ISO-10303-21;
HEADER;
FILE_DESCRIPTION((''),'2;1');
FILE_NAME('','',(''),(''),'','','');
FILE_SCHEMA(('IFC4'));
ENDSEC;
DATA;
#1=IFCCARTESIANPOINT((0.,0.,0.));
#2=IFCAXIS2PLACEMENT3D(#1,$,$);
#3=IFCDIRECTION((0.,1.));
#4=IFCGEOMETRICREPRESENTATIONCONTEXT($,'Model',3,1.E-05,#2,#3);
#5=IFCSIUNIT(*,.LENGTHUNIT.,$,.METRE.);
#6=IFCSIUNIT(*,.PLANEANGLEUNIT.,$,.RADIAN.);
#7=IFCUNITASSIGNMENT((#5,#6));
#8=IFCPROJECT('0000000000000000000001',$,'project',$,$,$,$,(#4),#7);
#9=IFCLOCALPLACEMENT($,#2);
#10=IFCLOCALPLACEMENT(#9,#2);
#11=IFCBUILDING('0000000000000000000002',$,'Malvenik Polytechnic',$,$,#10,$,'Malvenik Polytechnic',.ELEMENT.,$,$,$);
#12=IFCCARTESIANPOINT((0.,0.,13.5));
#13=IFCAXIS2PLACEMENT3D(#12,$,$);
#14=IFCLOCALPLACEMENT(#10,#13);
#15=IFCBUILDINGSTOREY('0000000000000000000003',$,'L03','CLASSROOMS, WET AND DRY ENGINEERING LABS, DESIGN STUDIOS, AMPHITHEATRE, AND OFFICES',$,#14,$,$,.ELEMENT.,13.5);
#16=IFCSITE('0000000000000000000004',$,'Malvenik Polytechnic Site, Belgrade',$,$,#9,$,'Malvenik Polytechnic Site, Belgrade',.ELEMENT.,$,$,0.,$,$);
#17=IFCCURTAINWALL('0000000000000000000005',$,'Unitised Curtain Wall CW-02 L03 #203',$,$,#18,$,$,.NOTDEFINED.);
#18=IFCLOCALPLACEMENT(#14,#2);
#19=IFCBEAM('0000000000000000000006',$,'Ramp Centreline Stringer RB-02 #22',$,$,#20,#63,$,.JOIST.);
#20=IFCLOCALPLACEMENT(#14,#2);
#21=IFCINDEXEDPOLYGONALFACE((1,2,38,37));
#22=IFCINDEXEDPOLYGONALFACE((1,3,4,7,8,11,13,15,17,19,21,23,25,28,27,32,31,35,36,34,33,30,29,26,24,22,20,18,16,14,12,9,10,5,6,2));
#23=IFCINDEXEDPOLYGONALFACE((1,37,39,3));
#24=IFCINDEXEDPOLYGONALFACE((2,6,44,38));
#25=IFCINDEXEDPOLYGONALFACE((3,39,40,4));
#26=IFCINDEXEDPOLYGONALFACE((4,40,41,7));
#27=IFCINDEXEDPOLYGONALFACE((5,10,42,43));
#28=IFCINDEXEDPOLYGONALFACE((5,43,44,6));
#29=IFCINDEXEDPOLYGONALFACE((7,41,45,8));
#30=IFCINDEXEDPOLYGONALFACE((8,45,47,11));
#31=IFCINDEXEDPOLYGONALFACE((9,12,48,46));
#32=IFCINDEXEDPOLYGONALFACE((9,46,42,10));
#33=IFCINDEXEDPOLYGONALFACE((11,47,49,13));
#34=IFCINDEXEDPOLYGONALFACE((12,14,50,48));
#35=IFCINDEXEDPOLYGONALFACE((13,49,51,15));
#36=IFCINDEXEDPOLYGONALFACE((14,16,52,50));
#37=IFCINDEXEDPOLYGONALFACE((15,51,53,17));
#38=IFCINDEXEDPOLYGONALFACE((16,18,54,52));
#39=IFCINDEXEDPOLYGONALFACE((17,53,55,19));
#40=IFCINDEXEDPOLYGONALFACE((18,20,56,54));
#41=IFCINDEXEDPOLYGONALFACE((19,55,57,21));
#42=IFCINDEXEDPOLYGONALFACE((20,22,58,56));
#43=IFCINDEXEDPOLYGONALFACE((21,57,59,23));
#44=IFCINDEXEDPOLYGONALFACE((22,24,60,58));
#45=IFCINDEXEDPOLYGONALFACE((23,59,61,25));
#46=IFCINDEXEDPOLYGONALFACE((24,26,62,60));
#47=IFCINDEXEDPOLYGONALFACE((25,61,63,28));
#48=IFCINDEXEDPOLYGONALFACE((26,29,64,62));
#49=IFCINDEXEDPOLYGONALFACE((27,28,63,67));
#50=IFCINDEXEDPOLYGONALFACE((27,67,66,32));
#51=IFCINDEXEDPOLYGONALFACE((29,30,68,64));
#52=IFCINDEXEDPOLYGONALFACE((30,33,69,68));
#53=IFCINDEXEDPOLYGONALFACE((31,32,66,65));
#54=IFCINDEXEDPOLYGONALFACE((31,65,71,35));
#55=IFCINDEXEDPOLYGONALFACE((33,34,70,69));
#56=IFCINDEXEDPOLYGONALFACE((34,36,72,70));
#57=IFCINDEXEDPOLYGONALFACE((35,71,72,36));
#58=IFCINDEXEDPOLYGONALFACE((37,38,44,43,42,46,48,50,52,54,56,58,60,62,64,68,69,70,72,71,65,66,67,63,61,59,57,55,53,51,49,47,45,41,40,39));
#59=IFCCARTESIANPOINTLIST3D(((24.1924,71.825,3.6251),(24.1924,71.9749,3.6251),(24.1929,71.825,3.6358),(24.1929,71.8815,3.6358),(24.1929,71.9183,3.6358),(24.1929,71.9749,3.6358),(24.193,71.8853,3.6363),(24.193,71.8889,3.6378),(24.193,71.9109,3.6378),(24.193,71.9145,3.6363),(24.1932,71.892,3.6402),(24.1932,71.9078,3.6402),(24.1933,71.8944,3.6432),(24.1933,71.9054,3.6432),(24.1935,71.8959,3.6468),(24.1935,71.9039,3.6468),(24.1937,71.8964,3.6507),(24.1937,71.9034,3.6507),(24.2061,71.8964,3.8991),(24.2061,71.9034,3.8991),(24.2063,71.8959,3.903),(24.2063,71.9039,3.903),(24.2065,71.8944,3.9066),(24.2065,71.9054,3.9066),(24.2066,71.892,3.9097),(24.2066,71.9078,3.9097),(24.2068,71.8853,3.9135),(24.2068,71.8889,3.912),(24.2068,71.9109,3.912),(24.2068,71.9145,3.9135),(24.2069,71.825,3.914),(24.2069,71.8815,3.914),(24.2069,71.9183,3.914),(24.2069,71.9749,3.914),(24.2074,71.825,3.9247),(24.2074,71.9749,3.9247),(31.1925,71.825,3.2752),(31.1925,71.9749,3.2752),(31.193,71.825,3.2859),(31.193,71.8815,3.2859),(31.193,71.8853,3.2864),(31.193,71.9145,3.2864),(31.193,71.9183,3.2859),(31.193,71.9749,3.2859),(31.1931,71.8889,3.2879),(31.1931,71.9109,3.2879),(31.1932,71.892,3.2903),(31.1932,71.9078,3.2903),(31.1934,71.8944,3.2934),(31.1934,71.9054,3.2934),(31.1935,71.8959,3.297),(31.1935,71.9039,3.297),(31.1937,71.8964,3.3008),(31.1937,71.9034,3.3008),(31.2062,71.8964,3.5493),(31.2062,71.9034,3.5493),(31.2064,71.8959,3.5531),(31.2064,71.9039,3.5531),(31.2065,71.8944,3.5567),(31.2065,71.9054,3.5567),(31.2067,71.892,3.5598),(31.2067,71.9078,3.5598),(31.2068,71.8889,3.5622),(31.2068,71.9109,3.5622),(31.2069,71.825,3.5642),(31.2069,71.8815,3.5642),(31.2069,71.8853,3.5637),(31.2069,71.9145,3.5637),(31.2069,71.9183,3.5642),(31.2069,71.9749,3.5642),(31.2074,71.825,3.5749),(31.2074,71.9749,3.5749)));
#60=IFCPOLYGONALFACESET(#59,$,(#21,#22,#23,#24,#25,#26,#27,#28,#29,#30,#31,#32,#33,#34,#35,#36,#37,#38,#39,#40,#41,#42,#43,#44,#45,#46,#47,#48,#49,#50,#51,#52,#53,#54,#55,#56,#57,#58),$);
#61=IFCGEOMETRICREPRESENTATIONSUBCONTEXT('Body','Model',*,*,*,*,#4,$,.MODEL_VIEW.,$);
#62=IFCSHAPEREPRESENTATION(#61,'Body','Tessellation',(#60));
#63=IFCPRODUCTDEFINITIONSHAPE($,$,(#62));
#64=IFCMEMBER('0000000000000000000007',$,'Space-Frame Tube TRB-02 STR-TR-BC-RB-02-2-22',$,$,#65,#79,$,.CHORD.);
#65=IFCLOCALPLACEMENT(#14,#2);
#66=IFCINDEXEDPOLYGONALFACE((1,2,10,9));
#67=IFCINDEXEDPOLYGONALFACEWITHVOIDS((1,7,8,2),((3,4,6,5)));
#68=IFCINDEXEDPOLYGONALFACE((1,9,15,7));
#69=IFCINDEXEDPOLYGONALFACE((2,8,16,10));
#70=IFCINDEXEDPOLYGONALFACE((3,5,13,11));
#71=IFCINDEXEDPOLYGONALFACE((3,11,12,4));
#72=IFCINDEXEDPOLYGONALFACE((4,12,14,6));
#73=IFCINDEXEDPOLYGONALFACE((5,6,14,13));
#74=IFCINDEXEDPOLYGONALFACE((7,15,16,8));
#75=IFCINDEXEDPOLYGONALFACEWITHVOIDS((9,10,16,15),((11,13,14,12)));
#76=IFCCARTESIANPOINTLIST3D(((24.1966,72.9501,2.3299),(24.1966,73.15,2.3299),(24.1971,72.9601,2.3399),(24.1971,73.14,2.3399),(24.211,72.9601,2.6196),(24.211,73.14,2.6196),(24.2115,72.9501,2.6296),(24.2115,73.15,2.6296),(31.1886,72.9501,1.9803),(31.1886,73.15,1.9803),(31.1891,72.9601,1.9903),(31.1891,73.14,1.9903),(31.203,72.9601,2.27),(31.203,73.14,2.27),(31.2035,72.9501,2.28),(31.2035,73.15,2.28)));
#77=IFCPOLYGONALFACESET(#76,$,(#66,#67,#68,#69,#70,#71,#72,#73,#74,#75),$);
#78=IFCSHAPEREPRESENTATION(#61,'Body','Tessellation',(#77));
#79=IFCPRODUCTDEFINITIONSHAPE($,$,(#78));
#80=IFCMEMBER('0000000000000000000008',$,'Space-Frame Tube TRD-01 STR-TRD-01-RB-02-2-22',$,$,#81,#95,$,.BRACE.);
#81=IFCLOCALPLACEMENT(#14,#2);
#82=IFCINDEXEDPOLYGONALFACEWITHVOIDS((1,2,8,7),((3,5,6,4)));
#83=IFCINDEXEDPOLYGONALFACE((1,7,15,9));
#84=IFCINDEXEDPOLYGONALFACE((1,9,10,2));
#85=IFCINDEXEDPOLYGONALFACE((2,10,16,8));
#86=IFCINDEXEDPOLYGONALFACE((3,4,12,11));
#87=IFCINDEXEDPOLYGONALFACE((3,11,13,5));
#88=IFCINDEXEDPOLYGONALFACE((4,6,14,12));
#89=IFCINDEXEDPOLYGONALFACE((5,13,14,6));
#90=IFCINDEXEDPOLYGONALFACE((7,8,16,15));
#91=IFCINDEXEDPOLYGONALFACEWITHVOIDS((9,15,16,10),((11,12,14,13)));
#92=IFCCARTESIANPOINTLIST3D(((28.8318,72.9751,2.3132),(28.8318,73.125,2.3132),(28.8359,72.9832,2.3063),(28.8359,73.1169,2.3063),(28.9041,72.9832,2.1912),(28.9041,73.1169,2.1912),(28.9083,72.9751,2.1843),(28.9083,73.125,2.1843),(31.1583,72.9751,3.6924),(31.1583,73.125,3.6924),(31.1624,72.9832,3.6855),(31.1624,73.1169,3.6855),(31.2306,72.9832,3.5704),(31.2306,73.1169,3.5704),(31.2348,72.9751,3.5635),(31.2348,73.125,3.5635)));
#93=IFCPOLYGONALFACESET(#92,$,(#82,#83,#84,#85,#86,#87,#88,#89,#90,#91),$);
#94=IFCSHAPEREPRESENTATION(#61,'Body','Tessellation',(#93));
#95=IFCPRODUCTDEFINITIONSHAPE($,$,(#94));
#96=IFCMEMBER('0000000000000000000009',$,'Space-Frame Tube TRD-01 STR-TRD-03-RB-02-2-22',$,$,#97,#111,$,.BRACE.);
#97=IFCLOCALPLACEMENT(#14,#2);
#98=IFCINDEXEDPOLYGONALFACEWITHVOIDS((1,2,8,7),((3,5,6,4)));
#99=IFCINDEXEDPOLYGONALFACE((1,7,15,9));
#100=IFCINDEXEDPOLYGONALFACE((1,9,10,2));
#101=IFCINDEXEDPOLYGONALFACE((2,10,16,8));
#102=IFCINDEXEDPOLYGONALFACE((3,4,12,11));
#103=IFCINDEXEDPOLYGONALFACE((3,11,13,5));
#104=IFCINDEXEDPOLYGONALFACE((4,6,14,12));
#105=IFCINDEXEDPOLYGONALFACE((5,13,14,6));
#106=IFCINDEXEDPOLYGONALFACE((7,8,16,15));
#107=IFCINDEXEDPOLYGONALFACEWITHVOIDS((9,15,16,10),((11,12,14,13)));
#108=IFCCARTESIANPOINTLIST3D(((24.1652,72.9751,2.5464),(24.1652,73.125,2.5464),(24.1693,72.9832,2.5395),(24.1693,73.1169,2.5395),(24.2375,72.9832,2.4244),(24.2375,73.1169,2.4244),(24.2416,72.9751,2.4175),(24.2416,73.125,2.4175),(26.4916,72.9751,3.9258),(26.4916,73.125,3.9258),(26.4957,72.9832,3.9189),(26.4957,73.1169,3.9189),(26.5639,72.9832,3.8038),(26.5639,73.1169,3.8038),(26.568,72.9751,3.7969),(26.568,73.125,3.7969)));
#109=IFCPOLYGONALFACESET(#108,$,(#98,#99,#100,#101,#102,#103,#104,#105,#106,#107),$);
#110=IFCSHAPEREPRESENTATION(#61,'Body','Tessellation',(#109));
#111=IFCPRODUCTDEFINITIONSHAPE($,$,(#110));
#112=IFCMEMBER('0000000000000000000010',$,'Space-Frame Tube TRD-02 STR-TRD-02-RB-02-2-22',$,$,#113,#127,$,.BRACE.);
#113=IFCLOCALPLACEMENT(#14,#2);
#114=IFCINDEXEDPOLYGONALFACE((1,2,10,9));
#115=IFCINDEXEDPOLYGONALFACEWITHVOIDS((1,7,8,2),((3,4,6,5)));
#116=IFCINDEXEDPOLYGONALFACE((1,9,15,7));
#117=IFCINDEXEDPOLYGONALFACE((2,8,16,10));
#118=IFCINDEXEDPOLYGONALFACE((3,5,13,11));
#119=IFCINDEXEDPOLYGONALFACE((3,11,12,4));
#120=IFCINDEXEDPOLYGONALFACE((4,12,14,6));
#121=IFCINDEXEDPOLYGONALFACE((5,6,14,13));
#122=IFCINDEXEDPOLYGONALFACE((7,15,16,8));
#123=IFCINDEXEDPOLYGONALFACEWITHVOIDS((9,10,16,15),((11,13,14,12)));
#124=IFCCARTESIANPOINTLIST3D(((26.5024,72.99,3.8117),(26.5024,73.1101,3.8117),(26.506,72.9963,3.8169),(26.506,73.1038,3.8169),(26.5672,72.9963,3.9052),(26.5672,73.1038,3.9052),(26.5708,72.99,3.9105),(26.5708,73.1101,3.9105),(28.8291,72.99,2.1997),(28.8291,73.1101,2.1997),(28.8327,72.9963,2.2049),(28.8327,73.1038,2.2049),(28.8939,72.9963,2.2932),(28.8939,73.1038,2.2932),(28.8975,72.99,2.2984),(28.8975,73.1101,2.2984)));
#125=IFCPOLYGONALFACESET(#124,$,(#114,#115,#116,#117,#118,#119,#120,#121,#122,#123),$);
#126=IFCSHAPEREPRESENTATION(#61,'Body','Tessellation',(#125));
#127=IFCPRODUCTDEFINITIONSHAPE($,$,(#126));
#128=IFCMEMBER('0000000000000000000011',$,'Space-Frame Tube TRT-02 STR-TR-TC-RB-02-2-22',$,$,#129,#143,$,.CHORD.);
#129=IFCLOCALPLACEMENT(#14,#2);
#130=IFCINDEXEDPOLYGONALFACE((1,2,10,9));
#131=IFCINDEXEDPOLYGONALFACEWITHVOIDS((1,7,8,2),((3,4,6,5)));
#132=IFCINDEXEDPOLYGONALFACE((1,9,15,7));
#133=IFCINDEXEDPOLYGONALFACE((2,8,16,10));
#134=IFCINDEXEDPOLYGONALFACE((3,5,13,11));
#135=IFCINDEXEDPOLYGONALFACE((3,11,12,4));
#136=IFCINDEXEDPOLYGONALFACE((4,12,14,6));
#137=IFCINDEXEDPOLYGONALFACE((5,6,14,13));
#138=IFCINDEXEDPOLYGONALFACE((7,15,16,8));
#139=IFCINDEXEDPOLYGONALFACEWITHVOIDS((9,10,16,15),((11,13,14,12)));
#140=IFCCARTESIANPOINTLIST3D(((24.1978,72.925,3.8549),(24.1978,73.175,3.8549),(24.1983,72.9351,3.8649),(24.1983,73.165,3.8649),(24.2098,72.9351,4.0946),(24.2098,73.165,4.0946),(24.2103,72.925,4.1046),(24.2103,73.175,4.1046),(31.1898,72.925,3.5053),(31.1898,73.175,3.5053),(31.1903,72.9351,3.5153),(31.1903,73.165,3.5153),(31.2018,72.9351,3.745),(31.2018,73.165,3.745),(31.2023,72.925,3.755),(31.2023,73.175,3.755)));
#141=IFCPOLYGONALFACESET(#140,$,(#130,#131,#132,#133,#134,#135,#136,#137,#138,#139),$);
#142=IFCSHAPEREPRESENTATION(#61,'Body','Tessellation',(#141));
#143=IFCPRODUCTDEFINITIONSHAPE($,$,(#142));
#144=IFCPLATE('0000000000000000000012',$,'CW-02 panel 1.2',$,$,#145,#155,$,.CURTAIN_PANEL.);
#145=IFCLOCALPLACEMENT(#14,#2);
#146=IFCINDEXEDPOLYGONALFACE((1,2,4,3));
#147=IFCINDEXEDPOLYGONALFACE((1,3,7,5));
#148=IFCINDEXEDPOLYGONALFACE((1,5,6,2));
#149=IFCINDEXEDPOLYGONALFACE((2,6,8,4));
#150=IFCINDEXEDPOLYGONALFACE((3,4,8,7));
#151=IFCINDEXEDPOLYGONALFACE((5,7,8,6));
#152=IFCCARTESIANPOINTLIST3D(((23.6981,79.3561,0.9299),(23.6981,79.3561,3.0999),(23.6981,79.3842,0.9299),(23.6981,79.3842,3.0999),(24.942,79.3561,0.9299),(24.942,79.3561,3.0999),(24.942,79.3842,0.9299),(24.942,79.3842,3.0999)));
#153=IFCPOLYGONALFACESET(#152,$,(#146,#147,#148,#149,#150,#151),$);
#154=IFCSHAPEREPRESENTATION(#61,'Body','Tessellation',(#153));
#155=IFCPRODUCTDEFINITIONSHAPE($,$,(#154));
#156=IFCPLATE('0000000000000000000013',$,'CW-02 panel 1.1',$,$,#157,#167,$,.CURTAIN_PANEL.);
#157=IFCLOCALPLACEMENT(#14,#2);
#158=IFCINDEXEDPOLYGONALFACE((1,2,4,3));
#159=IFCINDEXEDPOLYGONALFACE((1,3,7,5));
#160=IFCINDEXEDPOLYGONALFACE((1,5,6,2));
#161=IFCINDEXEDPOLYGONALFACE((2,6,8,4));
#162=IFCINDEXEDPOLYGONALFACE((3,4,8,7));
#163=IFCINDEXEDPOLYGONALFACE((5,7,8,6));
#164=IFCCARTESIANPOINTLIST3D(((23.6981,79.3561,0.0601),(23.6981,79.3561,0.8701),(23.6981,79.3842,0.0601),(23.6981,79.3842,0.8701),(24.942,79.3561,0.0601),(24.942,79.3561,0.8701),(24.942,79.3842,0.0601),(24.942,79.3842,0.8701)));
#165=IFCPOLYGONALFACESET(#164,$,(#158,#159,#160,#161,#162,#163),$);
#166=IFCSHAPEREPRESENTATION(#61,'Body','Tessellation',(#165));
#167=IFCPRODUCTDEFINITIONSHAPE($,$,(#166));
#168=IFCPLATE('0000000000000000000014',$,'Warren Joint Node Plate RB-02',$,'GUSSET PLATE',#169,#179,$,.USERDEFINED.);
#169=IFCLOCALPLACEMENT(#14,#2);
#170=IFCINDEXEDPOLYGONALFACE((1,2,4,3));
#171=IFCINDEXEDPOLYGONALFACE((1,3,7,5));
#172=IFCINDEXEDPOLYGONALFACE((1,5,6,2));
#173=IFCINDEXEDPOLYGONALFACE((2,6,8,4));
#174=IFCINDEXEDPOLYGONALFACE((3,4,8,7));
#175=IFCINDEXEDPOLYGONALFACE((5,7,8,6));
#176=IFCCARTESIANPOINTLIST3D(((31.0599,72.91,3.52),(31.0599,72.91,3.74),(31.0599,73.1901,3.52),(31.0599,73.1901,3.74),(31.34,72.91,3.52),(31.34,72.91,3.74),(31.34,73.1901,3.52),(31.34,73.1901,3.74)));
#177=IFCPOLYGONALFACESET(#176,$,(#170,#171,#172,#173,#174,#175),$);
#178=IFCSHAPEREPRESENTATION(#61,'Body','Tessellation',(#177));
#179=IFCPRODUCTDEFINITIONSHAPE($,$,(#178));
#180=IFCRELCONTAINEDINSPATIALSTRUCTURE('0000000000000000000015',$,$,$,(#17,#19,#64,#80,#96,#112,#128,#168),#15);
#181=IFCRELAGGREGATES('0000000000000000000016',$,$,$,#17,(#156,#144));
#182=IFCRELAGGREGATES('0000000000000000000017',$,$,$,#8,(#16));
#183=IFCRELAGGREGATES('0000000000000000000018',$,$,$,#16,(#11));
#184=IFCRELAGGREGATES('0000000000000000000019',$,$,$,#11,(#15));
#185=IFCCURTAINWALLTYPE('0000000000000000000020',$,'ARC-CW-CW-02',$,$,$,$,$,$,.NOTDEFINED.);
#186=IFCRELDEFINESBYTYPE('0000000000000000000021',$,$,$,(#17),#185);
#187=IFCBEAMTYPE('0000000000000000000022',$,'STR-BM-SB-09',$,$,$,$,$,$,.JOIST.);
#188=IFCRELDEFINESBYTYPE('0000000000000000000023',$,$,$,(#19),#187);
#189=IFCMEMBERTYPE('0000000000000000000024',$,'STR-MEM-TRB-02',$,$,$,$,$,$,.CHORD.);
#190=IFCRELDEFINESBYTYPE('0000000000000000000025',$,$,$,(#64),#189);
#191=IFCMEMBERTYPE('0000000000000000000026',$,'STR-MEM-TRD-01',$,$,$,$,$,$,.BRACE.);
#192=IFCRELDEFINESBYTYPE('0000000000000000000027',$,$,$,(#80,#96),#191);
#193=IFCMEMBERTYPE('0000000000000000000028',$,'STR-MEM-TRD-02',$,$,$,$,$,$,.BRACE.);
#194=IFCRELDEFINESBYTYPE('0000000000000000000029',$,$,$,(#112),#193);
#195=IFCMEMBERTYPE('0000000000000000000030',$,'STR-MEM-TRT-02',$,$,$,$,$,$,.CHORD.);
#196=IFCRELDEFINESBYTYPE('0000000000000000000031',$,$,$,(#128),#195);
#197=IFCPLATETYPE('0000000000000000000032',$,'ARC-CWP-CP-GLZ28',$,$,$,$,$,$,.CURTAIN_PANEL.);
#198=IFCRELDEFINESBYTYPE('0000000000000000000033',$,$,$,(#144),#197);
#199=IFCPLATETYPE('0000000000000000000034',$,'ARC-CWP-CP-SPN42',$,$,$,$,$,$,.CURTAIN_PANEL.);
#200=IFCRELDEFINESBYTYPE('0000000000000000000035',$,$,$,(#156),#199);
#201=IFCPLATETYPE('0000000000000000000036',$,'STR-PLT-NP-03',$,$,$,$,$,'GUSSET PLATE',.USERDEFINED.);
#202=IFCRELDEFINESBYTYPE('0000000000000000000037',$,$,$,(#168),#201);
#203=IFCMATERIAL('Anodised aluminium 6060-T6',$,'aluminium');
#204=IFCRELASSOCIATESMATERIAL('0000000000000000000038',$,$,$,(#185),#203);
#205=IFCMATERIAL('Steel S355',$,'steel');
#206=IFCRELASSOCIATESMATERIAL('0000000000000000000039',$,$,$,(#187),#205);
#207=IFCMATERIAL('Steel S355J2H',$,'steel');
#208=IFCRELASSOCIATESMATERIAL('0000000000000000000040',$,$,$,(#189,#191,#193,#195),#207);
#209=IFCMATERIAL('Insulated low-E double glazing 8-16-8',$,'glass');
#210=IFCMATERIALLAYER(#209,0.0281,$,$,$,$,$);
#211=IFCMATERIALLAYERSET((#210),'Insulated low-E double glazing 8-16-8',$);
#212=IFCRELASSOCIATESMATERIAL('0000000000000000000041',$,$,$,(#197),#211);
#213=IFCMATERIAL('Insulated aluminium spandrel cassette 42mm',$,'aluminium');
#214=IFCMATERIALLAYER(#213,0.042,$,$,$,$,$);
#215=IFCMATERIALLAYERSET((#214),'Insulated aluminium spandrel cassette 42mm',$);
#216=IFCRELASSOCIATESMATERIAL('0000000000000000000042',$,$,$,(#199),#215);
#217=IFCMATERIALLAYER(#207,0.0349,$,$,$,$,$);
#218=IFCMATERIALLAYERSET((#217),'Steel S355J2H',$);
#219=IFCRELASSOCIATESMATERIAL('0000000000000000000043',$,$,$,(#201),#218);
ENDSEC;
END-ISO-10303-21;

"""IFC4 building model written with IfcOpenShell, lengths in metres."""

from ifc_helpers import new_model, si_unit, direction, frame, origin, origin_2d, place, context, subcontext, project, spatial, rectangle, hollow_rectangle, i_section, extrude, material, layer, layer_set, material_profile, profile_set, type_object, element, aggregate, save


model = new_model("IFC4")

# Units and contexts
model_context = context("Model", 3, precision=1e-05, world=origin(), true_north=direction((0.0, 1.0)))
body_context = subcontext(model_context, "Body", "Model", "MODEL_VIEW")
ifc_project = project(units=[si_unit("LENGTHUNIT", "METRE"), si_unit("PLANEANGLEUNIT", "RADIAN")], contexts=[model_context])

# Site, building, storey
site_placement = place(None, origin())
site = spatial("IfcSite", under=ifc_project, at=site_placement, Name="Malvenik Polytechnic Site, Belgrade", LongName="Malvenik Polytechnic Site, Belgrade", CompositionType="ELEMENT", RefElevation=0.0)
building_placement = place(site_placement, origin())
building = spatial("IfcBuilding", under=site, at=building_placement, Name="Malvenik Polytechnic", LongName="Malvenik Polytechnic", CompositionType="ELEMENT")
storey_placement = place(building_placement, frame((0.0, 0.0, 13.5)))
storey = spatial("IfcBuildingStorey", under=building, at=storey_placement, Name="L03", Description="CLASSROOMS, WET AND DRY ENGINEERING LABS, DESIGN STUDIOS, AMPHITHEATRE, AND OFFICES", CompositionType="ELEMENT", Elevation=13.5)

# Shared definitions
ifc_material_1 = material(Name="Steel S355", Category="steel")
ifc_material_2 = material(Name="Steel S355J2H", Category="steel")

# Curtain wall
ifc_material_3 = material(Name="Anodised aluminium 6060-T6", Category="aluminium")
curtain_wall_type = type_object("IfcCurtainWallType", Name="ARC-CW-CW-02", PredefinedType="NOTDEFINED", material=ifc_material_3)
curtain_wall_placement = place(storey_placement, origin())
curtain_wall = element("IfcCurtainWall", 1, at=curtain_wall_placement, inside=storey, type_object=curtain_wall_type, Name="Unitised Curtain Wall CW-02 L03 #203", PredefinedType="NOTDEFINED")

# Beam
ifc_material_profile_1 = material_profile(ifc_material_1, i_section(OverallWidth=0.1499, OverallDepth=0.3, WebThickness=0.0071, FlangeThickness=0.0107, FilletRadius=0.0149, at=origin_2d()), Name="IPE 300")
ifc_profile_set_1 = profile_set([ifc_material_profile_1], Name="Steel S355")
beam_type_1 = type_object("IfcBeamType", Name="STR-BM-SB-09", PredefinedType="JOIST", material=ifc_profile_set_1)
beam_1_placement = place(storey_placement, frame((31.2, 71.8999, 3.425), z_axis=(-0.998753, 0.0, 0.049917), x_axis=(0.0, -1.0, 0.0)))
element("IfcBeam", 2, at=beam_1_placement, inside=storey, type_object=beam_type_1, Name="Ramp Centreline Stringer RB-02 #22", PredefinedType="JOIST", context=body_context, shape_type="SweptSolid", body=[
    extrude(i_section(OverallWidth=0.1499, OverallDepth=0.3, WebThickness=0.0071, FlangeThickness=0.0107, FilletRadius=0.0149, at=origin_2d()), origin(), (0.0, 0.0, 1.0), 7.0088),
])

# Members
ifc_material_profile_2 = material_profile(ifc_material_2, hollow_rectangle(XDim=0.2, YDim=0.3, WallThickness=0.01, at=origin_2d()), Name="RHS 300x200x10.0")
ifc_profile_set_2 = profile_set([ifc_material_profile_2], Name="Steel S355J2H")
member_type_1 = type_object("IfcMemberType", Name="STR-MEM-TRB-02", PredefinedType="CHORD", material=ifc_profile_set_2)
member_1_placement = place(storey_placement, frame((31.196, 73.05, 2.1301), z_axis=(-0.998752, 0.0, 0.049939), x_axis=(0.0, -1.0, 0.0)))
element("IfcMember", 3, at=member_1_placement, inside=storey, type_object=member_type_1, Name="Space-Frame Tube TRB-02 STR-TR-BC-RB-02-2-22", PredefinedType="CHORD", context=body_context, shape_type="SweptSolid", body=[
    extrude(hollow_rectangle(XDim=0.2, YDim=0.3, WallThickness=0.01, at=origin_2d()), origin(), (0.0, 0.0, 1.0), 7.0007),
])
ifc_material_profile_3 = material_profile(ifc_material_2, hollow_rectangle(XDim=0.1499, YDim=0.1499, WallThickness=0.0081, at=origin_2d()), Name="SHS 150x150x8.0")
ifc_profile_set_3 = profile_set([ifc_material_profile_3], Name="Steel S355J2H")
member_type_2 = type_object("IfcMemberType", Name="STR-MEM-TRD-01", PredefinedType="BRACE", material=ifc_profile_set_3)
for number, where, z_axis, x_axis, name in (
    (4, (31.1965, 73.05, 3.6279), (-0.860205, 0.0, -0.509948), (0.0, -1.0, 0.0), "Space-Frame Tube TRD-01 STR-TRD-01-RB-02-2-22"),
    (5, (26.5298, 73.05, 3.8613), (-0.860165, 0.0, -0.510015), (0.0, -1.0, 0.0), "Space-Frame Tube TRD-01 STR-TRD-03-RB-02-2-22"),
):
    element("IfcMember", number, at=place(storey_placement, frame(where, z_axis=z_axis, x_axis=x_axis)), inside=storey, type_object=member_type_2, Name=name, PredefinedType="BRACE", context=body_context, shape_type="SweptSolid", body=[
        extrude(hollow_rectangle(XDim=0.1499, YDim=0.1499, WallThickness=0.0081, at=origin_2d()), origin(), (0.0, 0.0, 1.0), 2.7046),
    ])
ifc_material_profile_4 = material_profile(ifc_material_2, hollow_rectangle(XDim=0.1201, YDim=0.1201, WallThickness=0.0063, at=origin_2d()), Name="SHS 120x120x6.3")
ifc_profile_set_4 = profile_set([ifc_material_profile_4], Name="Steel S355J2H")
member_type_3 = type_object("IfcMemberType", Name="STR-MEM-TRD-02", PredefinedType="BRACE", material=ifc_profile_set_4)
member_2_placement = place(storey_placement, frame((28.8633, 73.05, 2.249), z_axis=(-0.821978, 0.0, 0.569519), x_axis=(0.0, -1.0, 0.0)))
element("IfcMember", 6, at=member_2_placement, inside=storey, type_object=member_type_3, Name="Space-Frame Tube TRD-02 STR-TRD-02-RB-02-2-22", PredefinedType="BRACE", context=body_context, shape_type="SweptSolid", body=[
    extrude(hollow_rectangle(XDim=0.1201, YDim=0.1201, WallThickness=0.0063, at=origin_2d()), origin(), (0.0, 0.0, 1.0), 2.8306),
])
ifc_material_profile_5 = material_profile(ifc_material_2, hollow_rectangle(XDim=0.25, YDim=0.25, WallThickness=0.01, at=origin_2d()), Name="SHS 250x250x10.0")
ifc_profile_set_5 = profile_set([ifc_material_profile_5], Name="Steel S355J2H")
member_type_4 = type_object("IfcMemberType", Name="STR-MEM-TRT-02", PredefinedType="CHORD", material=ifc_profile_set_5)
member_3_placement = place(storey_placement, frame((31.196, 73.05, 3.6301), z_axis=(-0.998752, 0.0, 0.049939), x_axis=(0.0, -1.0, 0.0)))
element("IfcMember", 7, at=member_3_placement, inside=storey, type_object=member_type_4, Name="Space-Frame Tube TRT-02 STR-TR-TC-RB-02-2-22", PredefinedType="CHORD", context=body_context, shape_type="SweptSolid", body=[
    extrude(hollow_rectangle(XDim=0.25, YDim=0.25, WallThickness=0.01, at=origin_2d()), origin(), (0.0, 0.0, 1.0), 7.0007),
])

# Plates
ifc_material_4 = material(Name="Insulated low-E double glazing 8-16-8", Category="glass")
ifc_layer_1 = layer(ifc_material_4, 0.0281)
ifc_layer_set_1 = layer_set([ifc_layer_1], Name="Insulated low-E double glazing 8-16-8")
plate_type_1 = type_object("IfcPlateType", Name="ARC-CWP-CP-GLZ28", PredefinedType="CURTAIN_PANEL", material=ifc_layer_set_1)
plate_1_placement = place(storey_placement, frame((24.3201, 79.3701, 0.9299), z_axis=(0.0, 0.0, 1.0), x_axis=(-1.0, 0.0, 0.0)))
plate_1 = element("IfcPlate", 8, at=plate_1_placement, type_object=plate_type_1, Name="CW-02 panel 1.2", PredefinedType="CURTAIN_PANEL", context=body_context, shape_type="SweptSolid", body=[
    extrude(rectangle(XDim=1.2439, YDim=0.0281, at=origin_2d()), origin(), (0.0, 0.0, 1.0), 2.1699),
])
ifc_material_5 = material(Name="Insulated aluminium spandrel cassette 42mm", Category="aluminium")
ifc_layer_2 = layer(ifc_material_5, 0.042)
ifc_layer_set_2 = layer_set([ifc_layer_2], Name="Insulated aluminium spandrel cassette 42mm")
plate_type_2 = type_object("IfcPlateType", Name="ARC-CWP-CP-SPN42", PredefinedType="CURTAIN_PANEL", material=ifc_layer_set_2)
plate_2_placement = place(storey_placement, frame((24.3201, 79.3701, 0.0601), z_axis=(0.0, 0.0, 1.0), x_axis=(-1.0, 0.0, 0.0)))
plate_2 = element("IfcPlate", 9, at=plate_2_placement, type_object=plate_type_2, Name="CW-02 panel 1.1", PredefinedType="CURTAIN_PANEL", context=body_context, shape_type="SweptSolid", body=[
    extrude(rectangle(XDim=1.2439, YDim=0.0281, at=origin_2d()), origin(), (0.0, 0.0, 1.0), 0.8101),
])
aggregate(curtain_wall, [plate_2, plate_1])

# Plate
ifc_layer_3 = layer(ifc_material_2, 0.0349)
ifc_layer_set_3 = layer_set([ifc_layer_3], Name="Steel S355J2H")
plate_type_3 = type_object("IfcPlateType", Name="STR-PLT-NP-03", ElementType="GUSSET PLATE", PredefinedType="USERDEFINED", material=ifc_layer_set_3)
for number, where, z_axis, x_axis, name in (
    (10, (31.2, 73.05, 3.52), (0.0, 0.0, 1.0), (1.0, 0.0, 0.0), "Warren Joint Node Plate RB-02"),
):
    element("IfcPlate", number, at=place(storey_placement, frame(where, z_axis=z_axis, x_axis=x_axis)), inside=storey, type_object=plate_type_3, Name=name, ObjectType="GUSSET PLATE", PredefinedType="USERDEFINED", context=body_context, shape_type="SweptSolid", body=[
        extrude(rectangle(XDim=0.28, YDim=0.28, at=origin_2d()), origin(), (0.0, 0.0, 1.0), 0.22),
    ])

save(model, "model.ifc")
